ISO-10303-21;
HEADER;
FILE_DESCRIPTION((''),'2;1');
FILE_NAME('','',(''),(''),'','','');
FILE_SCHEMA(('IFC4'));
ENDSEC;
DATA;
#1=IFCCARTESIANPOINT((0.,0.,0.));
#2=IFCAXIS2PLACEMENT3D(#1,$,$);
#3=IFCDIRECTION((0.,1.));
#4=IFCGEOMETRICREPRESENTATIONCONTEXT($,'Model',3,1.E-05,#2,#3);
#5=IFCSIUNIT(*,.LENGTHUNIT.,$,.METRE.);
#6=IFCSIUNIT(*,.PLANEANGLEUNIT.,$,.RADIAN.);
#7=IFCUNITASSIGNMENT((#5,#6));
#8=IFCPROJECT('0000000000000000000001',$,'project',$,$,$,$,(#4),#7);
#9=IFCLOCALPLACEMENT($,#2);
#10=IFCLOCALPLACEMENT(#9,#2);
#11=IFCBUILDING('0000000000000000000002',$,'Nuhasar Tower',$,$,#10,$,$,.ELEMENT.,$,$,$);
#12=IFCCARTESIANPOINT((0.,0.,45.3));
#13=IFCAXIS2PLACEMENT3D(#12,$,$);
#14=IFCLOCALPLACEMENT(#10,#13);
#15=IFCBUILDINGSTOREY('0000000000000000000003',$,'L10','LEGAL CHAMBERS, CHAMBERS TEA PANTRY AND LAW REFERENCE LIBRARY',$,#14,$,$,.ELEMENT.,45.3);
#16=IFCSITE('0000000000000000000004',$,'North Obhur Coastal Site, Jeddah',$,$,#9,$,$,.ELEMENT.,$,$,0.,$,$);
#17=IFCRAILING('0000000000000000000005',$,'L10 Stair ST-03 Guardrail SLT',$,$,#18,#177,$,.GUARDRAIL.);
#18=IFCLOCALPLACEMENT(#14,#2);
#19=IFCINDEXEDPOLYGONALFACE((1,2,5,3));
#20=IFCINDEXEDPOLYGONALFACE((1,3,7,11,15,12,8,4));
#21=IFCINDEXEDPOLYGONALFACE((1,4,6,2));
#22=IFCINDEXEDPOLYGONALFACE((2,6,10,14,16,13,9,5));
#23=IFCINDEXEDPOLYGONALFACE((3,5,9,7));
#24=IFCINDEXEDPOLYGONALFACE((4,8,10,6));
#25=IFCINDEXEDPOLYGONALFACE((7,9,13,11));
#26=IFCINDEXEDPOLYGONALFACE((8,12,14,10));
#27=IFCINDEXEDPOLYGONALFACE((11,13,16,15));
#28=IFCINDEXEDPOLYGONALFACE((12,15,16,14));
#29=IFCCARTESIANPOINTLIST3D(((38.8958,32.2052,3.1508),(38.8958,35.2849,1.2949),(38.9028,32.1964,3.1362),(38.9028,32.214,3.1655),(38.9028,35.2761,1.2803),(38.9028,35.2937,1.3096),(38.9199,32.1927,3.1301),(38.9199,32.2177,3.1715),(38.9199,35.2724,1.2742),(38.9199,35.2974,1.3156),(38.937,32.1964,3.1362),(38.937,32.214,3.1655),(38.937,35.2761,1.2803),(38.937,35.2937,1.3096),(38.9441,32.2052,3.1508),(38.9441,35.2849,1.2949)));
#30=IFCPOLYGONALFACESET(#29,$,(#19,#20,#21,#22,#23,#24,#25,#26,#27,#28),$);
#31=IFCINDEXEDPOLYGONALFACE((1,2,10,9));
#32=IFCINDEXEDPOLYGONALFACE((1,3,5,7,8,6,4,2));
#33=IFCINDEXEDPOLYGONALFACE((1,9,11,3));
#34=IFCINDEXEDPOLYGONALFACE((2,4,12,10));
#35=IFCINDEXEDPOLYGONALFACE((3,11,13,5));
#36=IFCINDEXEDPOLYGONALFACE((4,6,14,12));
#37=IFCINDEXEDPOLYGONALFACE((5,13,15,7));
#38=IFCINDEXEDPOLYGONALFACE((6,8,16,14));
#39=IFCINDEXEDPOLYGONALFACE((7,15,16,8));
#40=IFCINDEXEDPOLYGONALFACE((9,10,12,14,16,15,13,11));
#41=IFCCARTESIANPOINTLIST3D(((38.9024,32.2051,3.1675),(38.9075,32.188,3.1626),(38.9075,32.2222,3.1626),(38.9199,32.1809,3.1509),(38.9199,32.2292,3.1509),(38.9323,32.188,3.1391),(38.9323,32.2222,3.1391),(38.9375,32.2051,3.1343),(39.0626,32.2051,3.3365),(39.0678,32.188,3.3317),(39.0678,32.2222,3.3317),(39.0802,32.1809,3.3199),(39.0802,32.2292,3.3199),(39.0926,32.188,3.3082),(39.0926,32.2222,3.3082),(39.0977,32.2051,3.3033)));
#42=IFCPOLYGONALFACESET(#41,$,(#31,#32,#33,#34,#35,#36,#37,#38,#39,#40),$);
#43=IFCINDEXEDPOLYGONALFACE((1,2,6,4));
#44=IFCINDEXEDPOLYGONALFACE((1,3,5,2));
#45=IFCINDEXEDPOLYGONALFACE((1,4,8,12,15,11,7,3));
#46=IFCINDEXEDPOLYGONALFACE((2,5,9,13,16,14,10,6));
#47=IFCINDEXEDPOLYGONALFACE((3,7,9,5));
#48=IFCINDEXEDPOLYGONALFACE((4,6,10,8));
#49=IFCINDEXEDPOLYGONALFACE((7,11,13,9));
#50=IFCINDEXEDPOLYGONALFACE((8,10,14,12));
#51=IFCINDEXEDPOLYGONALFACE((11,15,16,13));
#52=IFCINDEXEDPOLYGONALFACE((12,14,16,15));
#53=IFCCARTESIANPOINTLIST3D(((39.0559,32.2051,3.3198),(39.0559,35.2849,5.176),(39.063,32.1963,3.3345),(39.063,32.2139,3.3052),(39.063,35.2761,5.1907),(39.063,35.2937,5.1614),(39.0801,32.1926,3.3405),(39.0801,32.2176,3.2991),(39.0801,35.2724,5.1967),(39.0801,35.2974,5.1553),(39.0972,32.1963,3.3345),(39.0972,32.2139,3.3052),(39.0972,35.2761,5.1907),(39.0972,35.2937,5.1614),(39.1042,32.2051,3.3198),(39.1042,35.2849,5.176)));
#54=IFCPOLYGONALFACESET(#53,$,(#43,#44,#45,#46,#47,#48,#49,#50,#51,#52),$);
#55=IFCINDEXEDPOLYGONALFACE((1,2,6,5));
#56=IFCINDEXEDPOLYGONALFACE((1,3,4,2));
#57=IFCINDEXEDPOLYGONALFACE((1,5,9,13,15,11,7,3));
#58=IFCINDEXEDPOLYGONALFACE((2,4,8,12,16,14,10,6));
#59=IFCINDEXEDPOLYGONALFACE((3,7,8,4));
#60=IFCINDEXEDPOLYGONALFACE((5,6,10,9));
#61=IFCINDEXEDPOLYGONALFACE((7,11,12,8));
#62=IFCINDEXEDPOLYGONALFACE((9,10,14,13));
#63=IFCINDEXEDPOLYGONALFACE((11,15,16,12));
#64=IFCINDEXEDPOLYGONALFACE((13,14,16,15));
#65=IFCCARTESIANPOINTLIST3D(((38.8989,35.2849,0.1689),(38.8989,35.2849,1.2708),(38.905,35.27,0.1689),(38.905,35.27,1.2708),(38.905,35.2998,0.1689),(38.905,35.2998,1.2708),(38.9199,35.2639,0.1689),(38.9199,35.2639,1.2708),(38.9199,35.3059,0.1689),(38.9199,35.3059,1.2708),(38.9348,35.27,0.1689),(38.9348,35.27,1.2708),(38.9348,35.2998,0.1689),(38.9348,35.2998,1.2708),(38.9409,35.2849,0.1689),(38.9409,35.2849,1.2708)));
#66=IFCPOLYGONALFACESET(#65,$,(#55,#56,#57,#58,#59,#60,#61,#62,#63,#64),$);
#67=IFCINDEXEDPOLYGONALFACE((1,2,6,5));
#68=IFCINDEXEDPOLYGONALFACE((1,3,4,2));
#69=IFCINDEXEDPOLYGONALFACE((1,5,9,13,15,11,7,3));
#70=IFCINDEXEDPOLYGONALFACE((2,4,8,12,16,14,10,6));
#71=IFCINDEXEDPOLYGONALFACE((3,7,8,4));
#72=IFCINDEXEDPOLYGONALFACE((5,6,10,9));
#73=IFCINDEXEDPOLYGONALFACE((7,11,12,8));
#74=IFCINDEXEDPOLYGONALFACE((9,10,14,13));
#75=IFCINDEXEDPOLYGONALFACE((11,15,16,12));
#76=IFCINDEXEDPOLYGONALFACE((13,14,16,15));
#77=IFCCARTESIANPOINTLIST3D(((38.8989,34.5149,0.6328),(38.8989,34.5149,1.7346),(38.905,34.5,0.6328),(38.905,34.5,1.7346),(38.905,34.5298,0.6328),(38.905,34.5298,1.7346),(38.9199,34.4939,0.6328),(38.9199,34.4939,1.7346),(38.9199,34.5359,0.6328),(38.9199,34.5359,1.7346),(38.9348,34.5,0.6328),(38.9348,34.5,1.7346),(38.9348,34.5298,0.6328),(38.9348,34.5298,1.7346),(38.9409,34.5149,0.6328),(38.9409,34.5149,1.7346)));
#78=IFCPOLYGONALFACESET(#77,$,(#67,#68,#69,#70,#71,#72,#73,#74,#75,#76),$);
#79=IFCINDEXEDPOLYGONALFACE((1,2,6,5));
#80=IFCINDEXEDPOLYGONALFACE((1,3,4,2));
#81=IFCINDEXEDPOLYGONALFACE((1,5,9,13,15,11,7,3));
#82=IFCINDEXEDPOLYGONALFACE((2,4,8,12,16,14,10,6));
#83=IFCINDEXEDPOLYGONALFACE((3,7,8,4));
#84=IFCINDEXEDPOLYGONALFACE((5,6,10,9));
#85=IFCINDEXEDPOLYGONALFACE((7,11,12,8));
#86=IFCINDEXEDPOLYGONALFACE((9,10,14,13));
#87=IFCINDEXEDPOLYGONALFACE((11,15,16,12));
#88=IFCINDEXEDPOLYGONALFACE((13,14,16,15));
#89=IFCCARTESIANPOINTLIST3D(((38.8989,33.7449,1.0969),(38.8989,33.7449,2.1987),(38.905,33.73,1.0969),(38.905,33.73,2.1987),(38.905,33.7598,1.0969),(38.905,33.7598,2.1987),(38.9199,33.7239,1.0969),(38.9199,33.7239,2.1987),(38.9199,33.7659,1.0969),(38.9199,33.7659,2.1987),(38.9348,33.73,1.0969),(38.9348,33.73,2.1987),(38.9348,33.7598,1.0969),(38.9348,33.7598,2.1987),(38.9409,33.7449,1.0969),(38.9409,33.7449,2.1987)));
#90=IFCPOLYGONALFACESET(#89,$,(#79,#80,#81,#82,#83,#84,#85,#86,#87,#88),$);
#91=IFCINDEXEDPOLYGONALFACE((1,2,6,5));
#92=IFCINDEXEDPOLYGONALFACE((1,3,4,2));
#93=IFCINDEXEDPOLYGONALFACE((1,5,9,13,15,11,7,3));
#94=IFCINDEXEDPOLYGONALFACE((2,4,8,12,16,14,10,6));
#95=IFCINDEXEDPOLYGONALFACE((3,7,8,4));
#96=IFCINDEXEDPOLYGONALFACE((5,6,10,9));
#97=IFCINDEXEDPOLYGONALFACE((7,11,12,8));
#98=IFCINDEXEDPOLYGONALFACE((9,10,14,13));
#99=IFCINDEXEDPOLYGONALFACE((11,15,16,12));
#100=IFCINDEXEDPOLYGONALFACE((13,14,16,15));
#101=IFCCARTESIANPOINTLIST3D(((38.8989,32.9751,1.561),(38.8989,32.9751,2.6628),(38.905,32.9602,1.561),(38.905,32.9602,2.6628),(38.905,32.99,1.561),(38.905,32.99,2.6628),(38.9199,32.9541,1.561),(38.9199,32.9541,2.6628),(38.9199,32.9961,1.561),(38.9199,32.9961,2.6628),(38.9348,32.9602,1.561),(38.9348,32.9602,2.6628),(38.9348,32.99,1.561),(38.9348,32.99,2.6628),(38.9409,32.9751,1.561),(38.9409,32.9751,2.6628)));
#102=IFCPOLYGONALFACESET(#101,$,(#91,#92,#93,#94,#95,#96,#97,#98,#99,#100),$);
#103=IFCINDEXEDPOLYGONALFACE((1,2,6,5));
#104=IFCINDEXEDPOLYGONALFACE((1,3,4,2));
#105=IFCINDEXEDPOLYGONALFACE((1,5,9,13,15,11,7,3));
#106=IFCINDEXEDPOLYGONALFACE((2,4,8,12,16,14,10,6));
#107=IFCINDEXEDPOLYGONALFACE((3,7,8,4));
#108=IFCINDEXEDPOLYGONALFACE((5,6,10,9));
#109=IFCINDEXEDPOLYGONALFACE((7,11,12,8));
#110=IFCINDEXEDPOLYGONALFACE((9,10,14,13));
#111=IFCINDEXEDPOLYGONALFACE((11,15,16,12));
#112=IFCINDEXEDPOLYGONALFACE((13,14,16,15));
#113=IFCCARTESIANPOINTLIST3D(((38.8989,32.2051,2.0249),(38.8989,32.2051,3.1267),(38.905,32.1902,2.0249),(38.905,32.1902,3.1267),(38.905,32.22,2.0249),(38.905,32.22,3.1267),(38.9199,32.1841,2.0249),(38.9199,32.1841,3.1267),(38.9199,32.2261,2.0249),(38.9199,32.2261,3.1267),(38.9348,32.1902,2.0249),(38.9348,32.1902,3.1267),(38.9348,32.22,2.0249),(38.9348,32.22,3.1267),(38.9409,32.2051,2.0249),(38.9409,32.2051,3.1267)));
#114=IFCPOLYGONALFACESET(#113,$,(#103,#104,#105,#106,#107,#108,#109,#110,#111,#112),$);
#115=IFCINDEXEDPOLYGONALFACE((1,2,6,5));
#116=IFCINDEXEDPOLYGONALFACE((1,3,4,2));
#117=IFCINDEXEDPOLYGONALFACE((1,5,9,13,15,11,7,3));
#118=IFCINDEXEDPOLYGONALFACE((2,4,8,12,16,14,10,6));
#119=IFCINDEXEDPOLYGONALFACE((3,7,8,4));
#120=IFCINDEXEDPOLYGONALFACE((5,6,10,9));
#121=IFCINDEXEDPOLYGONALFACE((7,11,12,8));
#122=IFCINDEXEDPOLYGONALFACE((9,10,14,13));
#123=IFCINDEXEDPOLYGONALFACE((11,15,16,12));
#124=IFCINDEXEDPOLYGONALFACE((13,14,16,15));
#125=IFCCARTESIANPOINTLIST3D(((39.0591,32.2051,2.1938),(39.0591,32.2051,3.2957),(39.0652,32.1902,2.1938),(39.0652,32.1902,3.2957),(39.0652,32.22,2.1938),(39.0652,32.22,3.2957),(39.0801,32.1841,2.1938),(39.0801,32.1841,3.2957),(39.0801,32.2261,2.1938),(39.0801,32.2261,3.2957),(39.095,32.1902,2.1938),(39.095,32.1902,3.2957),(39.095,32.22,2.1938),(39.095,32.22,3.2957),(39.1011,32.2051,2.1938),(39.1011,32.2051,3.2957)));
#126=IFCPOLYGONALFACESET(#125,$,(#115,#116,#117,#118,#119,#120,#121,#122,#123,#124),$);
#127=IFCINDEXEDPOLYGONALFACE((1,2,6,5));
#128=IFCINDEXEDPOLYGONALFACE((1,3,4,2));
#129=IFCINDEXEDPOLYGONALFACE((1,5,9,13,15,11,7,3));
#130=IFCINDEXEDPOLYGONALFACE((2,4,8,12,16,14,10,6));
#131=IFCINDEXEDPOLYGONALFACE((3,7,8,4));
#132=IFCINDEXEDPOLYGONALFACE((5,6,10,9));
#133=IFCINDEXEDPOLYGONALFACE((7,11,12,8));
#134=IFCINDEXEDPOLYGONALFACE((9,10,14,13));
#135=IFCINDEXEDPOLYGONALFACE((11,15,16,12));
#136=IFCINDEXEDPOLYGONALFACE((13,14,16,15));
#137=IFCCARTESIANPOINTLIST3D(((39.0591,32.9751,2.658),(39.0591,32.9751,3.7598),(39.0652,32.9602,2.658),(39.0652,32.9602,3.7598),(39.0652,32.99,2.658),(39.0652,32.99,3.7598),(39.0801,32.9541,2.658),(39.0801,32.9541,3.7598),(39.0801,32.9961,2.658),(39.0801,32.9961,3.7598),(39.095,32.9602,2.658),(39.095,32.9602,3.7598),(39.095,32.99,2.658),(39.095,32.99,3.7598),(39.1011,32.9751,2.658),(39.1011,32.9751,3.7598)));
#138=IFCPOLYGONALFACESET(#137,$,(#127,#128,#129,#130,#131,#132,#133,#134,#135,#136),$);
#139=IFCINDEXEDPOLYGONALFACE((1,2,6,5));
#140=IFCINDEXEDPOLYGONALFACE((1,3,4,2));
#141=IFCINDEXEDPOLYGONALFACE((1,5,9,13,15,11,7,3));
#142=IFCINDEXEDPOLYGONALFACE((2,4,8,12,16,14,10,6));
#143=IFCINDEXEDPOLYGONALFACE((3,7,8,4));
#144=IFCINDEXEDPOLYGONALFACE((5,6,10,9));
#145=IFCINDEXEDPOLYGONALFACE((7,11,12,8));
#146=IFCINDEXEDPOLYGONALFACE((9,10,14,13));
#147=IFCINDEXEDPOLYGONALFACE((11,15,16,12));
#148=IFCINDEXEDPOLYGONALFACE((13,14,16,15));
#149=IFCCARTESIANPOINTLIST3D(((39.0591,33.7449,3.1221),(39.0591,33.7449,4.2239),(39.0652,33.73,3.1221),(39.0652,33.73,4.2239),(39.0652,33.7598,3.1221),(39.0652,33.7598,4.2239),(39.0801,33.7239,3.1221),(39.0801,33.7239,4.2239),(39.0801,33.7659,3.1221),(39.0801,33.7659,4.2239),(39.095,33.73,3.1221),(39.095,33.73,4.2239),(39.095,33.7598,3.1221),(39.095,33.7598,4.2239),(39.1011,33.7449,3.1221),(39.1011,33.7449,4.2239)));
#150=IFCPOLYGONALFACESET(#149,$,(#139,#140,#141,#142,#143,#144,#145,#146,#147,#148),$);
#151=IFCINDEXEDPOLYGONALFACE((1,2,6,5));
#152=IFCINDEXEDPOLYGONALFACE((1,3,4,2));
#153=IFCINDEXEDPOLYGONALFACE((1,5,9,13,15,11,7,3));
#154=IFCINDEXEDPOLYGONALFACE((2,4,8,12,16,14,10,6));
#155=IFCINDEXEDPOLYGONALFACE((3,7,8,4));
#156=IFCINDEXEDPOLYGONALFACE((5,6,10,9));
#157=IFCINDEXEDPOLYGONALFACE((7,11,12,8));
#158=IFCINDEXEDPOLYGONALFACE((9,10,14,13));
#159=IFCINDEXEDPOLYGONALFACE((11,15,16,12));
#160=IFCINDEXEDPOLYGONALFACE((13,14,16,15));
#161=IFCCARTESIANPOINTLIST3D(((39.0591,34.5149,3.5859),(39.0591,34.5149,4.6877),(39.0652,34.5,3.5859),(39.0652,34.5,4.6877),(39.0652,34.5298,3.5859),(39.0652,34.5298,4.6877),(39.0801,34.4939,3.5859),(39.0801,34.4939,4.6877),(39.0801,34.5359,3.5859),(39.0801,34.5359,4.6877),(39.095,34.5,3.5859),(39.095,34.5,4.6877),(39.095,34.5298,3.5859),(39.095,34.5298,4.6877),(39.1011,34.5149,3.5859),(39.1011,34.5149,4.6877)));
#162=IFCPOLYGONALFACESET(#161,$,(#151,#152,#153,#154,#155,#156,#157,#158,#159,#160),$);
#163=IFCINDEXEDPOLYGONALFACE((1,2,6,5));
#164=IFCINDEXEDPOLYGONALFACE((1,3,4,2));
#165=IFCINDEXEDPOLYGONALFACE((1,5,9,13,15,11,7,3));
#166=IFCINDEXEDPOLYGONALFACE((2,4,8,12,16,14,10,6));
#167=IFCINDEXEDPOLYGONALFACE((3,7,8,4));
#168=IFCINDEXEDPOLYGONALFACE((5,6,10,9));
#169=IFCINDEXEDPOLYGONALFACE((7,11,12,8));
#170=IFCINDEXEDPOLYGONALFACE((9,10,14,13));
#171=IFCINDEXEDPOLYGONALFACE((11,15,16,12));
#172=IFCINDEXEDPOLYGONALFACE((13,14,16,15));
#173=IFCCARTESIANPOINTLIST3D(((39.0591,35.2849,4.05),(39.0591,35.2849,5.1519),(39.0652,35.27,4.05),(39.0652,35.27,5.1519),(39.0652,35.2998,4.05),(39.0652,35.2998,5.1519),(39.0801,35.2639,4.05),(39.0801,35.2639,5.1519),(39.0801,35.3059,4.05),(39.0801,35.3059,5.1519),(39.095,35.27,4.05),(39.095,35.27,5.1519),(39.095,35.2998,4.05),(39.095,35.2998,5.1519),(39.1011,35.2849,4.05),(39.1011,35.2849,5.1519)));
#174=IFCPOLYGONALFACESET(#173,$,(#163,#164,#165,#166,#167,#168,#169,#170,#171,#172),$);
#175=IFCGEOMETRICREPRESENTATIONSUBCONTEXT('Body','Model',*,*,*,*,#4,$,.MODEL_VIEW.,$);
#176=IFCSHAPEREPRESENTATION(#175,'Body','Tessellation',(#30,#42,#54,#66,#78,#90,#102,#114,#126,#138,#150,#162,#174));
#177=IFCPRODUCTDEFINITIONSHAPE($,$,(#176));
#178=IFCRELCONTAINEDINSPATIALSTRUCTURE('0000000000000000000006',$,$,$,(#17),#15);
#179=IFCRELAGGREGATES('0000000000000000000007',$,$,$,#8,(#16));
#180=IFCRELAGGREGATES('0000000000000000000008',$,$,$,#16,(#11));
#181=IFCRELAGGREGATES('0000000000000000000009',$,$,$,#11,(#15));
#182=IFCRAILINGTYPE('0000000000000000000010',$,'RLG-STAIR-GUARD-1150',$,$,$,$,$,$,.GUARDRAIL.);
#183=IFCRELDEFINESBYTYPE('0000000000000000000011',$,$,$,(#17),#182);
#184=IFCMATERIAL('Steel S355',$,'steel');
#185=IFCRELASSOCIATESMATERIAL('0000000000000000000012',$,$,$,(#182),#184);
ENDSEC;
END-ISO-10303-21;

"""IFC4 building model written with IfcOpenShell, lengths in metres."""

from ifc_helpers import new_model, si_unit, direction, frame, origin, place, context, subcontext, project, spatial, polyline, outline, extrude, material, type_object, element, save


model = new_model("IFC4")

# Units and contexts
model_context = context("Model", 3, precision=1e-05, world=origin(), true_north=direction((0.0, 1.0)))
body_context = subcontext(model_context, "Body", "Model", "MODEL_VIEW")
ifc_project = project(units=[si_unit("LENGTHUNIT", "METRE"), si_unit("PLANEANGLEUNIT", "RADIAN")], contexts=[model_context])

# Site, building, storey
site_placement = place(None, origin())
site = spatial("IfcSite", under=ifc_project, at=site_placement, Name="North Obhur Coastal Site, Jeddah", CompositionType="ELEMENT", RefElevation=0.0)
building_placement = place(site_placement, origin())
building = spatial("IfcBuilding", under=site, at=building_placement, Name="Nuhasar Tower", CompositionType="ELEMENT")
storey_placement = place(building_placement, frame((0.0, 0.0, 45.3)))
storey = spatial("IfcBuildingStorey", under=building, at=storey_placement, Name="L10", Description="LEGAL CHAMBERS, CHAMBERS TEA PANTRY AND LAW REFERENCE LIBRARY", CompositionType="ELEMENT", Elevation=45.3)

# Shared definitions
ifc_material_1 = material(Name="Steel S355", Category="steel")

# Railing
railing_type_1 = type_object("IfcRailingType", Name="RLG-STAIR-GUARD-1150", PredefinedType="GUARDRAIL", material=ifc_material_1)
railing_1_placement = place(storey_placement, frame((38.9199, 35.2849, 0.1689)))
element("IfcRailing", 1, at=railing_1_placement, inside=storey, type_object=railing_type_1, Name="L10 Stair ST-03 Guardrail SLT", PredefinedType="GUARDRAIL", context=body_context, shape_type="SweptSolid", body=[
    extrude(outline(polyline([(0.0242, 0.0), (0.0171, 0.0171), (0.0, 0.0242), (-0.0171, 0.0171), (-0.0242, 0.0), (-0.0171, -0.0171), (0.0, -0.0242), (0.0171, -0.0171), (0.0242, 0.0)])), frame((0.0, 0.0, 1.126), z_axis=(0.0, -0.856503, 0.516142), x_axis=(1.0, 0.0, 0.0)), (0.0, 0.0, 1.0), 3.5957),
    extrude(outline(polyline([(0.0242, 0.0), (0.0171, 0.0171), (0.0, 0.0242), (-0.0171, 0.0171), (-0.0242, 0.0), (-0.0171, -0.0171), (0.0, -0.0242), (0.0171, -0.0171), (0.0242, 0.0)])), frame((0.0, -3.0798, 2.9819), z_axis=(0.687977, 0.0, 0.725732), x_axis=(0.0, 1.0, 0.0)), (0.0, 0.0, 1.0), 0.2329),
    extrude(outline(polyline([(0.0242, 0.0), (0.0171, 0.0171), (0.0, 0.0242), (-0.0171, 0.0171), (-0.0242, 0.0), (-0.0171, -0.0171), (0.0, -0.0242), (0.0171, -0.0171), (0.0242, 0.0)])), frame((0.1602, -3.0798, 3.1509), z_axis=(0.0, 0.856473, 0.516192), x_axis=(-1.0, 0.0, 0.0)), (0.0, 0.0, 1.0), 3.5959),
    extrude(outline(polyline([(0.021, 0.0), (0.0149, 0.0149), (0.0, 0.021), (-0.0149, 0.0149), (-0.021, 0.0), (-0.0149, -0.0149), (0.0, -0.021), (0.0149, -0.0149), (0.021, 0.0)])), origin(), (0.0, 0.0, 1.0), 1.1018),
    extrude(outline(polyline([(0.021, 0.0), (0.0149, 0.0149), (0.0, 0.021), (-0.0149, 0.0149), (-0.021, 0.0), (-0.0149, -0.0149), (0.0, -0.021), (0.0149, -0.0149), (0.021, 0.0)])), frame((0.0, -0.77, 0.4639)), (0.0, 0.0, 1.0), 1.1018),
    extrude(outline(polyline([(0.021, 0.0), (0.0149, 0.0149), (0.0, 0.021), (-0.0149, 0.0149), (-0.021, 0.0), (-0.0149, -0.0149), (0.0, -0.021), (0.0149, -0.0149), (0.021, 0.0)])), frame((0.0, -1.54, 0.928)), (0.0, 0.0, 1.0), 1.1018),
    extrude(outline(polyline([(0.021, 0.0), (0.0149, 0.0149), (0.0, 0.021), (-0.0149, 0.0149), (-0.021, 0.0), (-0.0149, -0.0149), (0.0, -0.021), (0.0149, -0.0149), (0.021, 0.0)])), frame((0.0, -2.3098, 1.3921)), (0.0, 0.0, 1.0), 1.1018),
    extrude(outline(polyline([(0.021, 0.0), (0.0149, 0.0149), (0.0, 0.021), (-0.0149, 0.0149), (-0.021, 0.0), (-0.0149, -0.0149), (0.0, -0.021), (0.0149, -0.0149), (0.021, 0.0)])), frame((0.0, -3.0798, 1.856)), (0.0, 0.0, 1.0), 1.1018),
    extrude(outline(polyline([(0.021, 0.0), (0.0149, 0.0149), (0.0, 0.021), (-0.0149, 0.0149), (-0.021, 0.0), (-0.0149, -0.0149), (0.0, -0.021), (0.0149, -0.0149), (0.021, 0.0)])), frame((0.1602, -3.0798, 2.0249)), (0.0, 0.0, 1.0), 1.1018),
    extrude(outline(polyline([(0.021, 0.0), (0.0149, 0.0149), (0.0, 0.021), (-0.0149, 0.0149), (-0.021, 0.0), (-0.0149, -0.0149), (0.0, -0.021), (0.0149, -0.0149), (0.021, 0.0)])), frame((0.1602, -2.3098, 2.489)), (0.0, 0.0, 1.0), 1.1018),
    extrude(outline(polyline([(0.021, 0.0), (0.0149, 0.0149), (0.0, 0.021), (-0.0149, 0.0149), (-0.021, 0.0), (-0.0149, -0.0149), (0.0, -0.021), (0.0149, -0.0149), (0.021, 0.0)])), frame((0.1602, -1.54, 2.9531)), (0.0, 0.0, 1.0), 1.1018),
    extrude(outline(polyline([(0.021, 0.0), (0.0149, 0.0149), (0.0, 0.021), (-0.0149, 0.0149), (-0.021, 0.0), (-0.0149, -0.0149), (0.0, -0.021), (0.0149, -0.0149), (0.021, 0.0)])), frame((0.1602, -0.77, 3.417)), (0.0, 0.0, 1.0), 1.1018),
    extrude(outline(polyline([(0.021, 0.0), (0.0149, 0.0149), (0.0, 0.021), (-0.0149, 0.0149), (-0.021, 0.0), (-0.0149, -0.0149), (0.0, -0.021), (0.0149, -0.0149), (0.021, 0.0)])), frame((0.1602, 0.0, 3.8811)), (0.0, 0.0, 1.0), 1.1018),
])

save(model, "model.ifc")
